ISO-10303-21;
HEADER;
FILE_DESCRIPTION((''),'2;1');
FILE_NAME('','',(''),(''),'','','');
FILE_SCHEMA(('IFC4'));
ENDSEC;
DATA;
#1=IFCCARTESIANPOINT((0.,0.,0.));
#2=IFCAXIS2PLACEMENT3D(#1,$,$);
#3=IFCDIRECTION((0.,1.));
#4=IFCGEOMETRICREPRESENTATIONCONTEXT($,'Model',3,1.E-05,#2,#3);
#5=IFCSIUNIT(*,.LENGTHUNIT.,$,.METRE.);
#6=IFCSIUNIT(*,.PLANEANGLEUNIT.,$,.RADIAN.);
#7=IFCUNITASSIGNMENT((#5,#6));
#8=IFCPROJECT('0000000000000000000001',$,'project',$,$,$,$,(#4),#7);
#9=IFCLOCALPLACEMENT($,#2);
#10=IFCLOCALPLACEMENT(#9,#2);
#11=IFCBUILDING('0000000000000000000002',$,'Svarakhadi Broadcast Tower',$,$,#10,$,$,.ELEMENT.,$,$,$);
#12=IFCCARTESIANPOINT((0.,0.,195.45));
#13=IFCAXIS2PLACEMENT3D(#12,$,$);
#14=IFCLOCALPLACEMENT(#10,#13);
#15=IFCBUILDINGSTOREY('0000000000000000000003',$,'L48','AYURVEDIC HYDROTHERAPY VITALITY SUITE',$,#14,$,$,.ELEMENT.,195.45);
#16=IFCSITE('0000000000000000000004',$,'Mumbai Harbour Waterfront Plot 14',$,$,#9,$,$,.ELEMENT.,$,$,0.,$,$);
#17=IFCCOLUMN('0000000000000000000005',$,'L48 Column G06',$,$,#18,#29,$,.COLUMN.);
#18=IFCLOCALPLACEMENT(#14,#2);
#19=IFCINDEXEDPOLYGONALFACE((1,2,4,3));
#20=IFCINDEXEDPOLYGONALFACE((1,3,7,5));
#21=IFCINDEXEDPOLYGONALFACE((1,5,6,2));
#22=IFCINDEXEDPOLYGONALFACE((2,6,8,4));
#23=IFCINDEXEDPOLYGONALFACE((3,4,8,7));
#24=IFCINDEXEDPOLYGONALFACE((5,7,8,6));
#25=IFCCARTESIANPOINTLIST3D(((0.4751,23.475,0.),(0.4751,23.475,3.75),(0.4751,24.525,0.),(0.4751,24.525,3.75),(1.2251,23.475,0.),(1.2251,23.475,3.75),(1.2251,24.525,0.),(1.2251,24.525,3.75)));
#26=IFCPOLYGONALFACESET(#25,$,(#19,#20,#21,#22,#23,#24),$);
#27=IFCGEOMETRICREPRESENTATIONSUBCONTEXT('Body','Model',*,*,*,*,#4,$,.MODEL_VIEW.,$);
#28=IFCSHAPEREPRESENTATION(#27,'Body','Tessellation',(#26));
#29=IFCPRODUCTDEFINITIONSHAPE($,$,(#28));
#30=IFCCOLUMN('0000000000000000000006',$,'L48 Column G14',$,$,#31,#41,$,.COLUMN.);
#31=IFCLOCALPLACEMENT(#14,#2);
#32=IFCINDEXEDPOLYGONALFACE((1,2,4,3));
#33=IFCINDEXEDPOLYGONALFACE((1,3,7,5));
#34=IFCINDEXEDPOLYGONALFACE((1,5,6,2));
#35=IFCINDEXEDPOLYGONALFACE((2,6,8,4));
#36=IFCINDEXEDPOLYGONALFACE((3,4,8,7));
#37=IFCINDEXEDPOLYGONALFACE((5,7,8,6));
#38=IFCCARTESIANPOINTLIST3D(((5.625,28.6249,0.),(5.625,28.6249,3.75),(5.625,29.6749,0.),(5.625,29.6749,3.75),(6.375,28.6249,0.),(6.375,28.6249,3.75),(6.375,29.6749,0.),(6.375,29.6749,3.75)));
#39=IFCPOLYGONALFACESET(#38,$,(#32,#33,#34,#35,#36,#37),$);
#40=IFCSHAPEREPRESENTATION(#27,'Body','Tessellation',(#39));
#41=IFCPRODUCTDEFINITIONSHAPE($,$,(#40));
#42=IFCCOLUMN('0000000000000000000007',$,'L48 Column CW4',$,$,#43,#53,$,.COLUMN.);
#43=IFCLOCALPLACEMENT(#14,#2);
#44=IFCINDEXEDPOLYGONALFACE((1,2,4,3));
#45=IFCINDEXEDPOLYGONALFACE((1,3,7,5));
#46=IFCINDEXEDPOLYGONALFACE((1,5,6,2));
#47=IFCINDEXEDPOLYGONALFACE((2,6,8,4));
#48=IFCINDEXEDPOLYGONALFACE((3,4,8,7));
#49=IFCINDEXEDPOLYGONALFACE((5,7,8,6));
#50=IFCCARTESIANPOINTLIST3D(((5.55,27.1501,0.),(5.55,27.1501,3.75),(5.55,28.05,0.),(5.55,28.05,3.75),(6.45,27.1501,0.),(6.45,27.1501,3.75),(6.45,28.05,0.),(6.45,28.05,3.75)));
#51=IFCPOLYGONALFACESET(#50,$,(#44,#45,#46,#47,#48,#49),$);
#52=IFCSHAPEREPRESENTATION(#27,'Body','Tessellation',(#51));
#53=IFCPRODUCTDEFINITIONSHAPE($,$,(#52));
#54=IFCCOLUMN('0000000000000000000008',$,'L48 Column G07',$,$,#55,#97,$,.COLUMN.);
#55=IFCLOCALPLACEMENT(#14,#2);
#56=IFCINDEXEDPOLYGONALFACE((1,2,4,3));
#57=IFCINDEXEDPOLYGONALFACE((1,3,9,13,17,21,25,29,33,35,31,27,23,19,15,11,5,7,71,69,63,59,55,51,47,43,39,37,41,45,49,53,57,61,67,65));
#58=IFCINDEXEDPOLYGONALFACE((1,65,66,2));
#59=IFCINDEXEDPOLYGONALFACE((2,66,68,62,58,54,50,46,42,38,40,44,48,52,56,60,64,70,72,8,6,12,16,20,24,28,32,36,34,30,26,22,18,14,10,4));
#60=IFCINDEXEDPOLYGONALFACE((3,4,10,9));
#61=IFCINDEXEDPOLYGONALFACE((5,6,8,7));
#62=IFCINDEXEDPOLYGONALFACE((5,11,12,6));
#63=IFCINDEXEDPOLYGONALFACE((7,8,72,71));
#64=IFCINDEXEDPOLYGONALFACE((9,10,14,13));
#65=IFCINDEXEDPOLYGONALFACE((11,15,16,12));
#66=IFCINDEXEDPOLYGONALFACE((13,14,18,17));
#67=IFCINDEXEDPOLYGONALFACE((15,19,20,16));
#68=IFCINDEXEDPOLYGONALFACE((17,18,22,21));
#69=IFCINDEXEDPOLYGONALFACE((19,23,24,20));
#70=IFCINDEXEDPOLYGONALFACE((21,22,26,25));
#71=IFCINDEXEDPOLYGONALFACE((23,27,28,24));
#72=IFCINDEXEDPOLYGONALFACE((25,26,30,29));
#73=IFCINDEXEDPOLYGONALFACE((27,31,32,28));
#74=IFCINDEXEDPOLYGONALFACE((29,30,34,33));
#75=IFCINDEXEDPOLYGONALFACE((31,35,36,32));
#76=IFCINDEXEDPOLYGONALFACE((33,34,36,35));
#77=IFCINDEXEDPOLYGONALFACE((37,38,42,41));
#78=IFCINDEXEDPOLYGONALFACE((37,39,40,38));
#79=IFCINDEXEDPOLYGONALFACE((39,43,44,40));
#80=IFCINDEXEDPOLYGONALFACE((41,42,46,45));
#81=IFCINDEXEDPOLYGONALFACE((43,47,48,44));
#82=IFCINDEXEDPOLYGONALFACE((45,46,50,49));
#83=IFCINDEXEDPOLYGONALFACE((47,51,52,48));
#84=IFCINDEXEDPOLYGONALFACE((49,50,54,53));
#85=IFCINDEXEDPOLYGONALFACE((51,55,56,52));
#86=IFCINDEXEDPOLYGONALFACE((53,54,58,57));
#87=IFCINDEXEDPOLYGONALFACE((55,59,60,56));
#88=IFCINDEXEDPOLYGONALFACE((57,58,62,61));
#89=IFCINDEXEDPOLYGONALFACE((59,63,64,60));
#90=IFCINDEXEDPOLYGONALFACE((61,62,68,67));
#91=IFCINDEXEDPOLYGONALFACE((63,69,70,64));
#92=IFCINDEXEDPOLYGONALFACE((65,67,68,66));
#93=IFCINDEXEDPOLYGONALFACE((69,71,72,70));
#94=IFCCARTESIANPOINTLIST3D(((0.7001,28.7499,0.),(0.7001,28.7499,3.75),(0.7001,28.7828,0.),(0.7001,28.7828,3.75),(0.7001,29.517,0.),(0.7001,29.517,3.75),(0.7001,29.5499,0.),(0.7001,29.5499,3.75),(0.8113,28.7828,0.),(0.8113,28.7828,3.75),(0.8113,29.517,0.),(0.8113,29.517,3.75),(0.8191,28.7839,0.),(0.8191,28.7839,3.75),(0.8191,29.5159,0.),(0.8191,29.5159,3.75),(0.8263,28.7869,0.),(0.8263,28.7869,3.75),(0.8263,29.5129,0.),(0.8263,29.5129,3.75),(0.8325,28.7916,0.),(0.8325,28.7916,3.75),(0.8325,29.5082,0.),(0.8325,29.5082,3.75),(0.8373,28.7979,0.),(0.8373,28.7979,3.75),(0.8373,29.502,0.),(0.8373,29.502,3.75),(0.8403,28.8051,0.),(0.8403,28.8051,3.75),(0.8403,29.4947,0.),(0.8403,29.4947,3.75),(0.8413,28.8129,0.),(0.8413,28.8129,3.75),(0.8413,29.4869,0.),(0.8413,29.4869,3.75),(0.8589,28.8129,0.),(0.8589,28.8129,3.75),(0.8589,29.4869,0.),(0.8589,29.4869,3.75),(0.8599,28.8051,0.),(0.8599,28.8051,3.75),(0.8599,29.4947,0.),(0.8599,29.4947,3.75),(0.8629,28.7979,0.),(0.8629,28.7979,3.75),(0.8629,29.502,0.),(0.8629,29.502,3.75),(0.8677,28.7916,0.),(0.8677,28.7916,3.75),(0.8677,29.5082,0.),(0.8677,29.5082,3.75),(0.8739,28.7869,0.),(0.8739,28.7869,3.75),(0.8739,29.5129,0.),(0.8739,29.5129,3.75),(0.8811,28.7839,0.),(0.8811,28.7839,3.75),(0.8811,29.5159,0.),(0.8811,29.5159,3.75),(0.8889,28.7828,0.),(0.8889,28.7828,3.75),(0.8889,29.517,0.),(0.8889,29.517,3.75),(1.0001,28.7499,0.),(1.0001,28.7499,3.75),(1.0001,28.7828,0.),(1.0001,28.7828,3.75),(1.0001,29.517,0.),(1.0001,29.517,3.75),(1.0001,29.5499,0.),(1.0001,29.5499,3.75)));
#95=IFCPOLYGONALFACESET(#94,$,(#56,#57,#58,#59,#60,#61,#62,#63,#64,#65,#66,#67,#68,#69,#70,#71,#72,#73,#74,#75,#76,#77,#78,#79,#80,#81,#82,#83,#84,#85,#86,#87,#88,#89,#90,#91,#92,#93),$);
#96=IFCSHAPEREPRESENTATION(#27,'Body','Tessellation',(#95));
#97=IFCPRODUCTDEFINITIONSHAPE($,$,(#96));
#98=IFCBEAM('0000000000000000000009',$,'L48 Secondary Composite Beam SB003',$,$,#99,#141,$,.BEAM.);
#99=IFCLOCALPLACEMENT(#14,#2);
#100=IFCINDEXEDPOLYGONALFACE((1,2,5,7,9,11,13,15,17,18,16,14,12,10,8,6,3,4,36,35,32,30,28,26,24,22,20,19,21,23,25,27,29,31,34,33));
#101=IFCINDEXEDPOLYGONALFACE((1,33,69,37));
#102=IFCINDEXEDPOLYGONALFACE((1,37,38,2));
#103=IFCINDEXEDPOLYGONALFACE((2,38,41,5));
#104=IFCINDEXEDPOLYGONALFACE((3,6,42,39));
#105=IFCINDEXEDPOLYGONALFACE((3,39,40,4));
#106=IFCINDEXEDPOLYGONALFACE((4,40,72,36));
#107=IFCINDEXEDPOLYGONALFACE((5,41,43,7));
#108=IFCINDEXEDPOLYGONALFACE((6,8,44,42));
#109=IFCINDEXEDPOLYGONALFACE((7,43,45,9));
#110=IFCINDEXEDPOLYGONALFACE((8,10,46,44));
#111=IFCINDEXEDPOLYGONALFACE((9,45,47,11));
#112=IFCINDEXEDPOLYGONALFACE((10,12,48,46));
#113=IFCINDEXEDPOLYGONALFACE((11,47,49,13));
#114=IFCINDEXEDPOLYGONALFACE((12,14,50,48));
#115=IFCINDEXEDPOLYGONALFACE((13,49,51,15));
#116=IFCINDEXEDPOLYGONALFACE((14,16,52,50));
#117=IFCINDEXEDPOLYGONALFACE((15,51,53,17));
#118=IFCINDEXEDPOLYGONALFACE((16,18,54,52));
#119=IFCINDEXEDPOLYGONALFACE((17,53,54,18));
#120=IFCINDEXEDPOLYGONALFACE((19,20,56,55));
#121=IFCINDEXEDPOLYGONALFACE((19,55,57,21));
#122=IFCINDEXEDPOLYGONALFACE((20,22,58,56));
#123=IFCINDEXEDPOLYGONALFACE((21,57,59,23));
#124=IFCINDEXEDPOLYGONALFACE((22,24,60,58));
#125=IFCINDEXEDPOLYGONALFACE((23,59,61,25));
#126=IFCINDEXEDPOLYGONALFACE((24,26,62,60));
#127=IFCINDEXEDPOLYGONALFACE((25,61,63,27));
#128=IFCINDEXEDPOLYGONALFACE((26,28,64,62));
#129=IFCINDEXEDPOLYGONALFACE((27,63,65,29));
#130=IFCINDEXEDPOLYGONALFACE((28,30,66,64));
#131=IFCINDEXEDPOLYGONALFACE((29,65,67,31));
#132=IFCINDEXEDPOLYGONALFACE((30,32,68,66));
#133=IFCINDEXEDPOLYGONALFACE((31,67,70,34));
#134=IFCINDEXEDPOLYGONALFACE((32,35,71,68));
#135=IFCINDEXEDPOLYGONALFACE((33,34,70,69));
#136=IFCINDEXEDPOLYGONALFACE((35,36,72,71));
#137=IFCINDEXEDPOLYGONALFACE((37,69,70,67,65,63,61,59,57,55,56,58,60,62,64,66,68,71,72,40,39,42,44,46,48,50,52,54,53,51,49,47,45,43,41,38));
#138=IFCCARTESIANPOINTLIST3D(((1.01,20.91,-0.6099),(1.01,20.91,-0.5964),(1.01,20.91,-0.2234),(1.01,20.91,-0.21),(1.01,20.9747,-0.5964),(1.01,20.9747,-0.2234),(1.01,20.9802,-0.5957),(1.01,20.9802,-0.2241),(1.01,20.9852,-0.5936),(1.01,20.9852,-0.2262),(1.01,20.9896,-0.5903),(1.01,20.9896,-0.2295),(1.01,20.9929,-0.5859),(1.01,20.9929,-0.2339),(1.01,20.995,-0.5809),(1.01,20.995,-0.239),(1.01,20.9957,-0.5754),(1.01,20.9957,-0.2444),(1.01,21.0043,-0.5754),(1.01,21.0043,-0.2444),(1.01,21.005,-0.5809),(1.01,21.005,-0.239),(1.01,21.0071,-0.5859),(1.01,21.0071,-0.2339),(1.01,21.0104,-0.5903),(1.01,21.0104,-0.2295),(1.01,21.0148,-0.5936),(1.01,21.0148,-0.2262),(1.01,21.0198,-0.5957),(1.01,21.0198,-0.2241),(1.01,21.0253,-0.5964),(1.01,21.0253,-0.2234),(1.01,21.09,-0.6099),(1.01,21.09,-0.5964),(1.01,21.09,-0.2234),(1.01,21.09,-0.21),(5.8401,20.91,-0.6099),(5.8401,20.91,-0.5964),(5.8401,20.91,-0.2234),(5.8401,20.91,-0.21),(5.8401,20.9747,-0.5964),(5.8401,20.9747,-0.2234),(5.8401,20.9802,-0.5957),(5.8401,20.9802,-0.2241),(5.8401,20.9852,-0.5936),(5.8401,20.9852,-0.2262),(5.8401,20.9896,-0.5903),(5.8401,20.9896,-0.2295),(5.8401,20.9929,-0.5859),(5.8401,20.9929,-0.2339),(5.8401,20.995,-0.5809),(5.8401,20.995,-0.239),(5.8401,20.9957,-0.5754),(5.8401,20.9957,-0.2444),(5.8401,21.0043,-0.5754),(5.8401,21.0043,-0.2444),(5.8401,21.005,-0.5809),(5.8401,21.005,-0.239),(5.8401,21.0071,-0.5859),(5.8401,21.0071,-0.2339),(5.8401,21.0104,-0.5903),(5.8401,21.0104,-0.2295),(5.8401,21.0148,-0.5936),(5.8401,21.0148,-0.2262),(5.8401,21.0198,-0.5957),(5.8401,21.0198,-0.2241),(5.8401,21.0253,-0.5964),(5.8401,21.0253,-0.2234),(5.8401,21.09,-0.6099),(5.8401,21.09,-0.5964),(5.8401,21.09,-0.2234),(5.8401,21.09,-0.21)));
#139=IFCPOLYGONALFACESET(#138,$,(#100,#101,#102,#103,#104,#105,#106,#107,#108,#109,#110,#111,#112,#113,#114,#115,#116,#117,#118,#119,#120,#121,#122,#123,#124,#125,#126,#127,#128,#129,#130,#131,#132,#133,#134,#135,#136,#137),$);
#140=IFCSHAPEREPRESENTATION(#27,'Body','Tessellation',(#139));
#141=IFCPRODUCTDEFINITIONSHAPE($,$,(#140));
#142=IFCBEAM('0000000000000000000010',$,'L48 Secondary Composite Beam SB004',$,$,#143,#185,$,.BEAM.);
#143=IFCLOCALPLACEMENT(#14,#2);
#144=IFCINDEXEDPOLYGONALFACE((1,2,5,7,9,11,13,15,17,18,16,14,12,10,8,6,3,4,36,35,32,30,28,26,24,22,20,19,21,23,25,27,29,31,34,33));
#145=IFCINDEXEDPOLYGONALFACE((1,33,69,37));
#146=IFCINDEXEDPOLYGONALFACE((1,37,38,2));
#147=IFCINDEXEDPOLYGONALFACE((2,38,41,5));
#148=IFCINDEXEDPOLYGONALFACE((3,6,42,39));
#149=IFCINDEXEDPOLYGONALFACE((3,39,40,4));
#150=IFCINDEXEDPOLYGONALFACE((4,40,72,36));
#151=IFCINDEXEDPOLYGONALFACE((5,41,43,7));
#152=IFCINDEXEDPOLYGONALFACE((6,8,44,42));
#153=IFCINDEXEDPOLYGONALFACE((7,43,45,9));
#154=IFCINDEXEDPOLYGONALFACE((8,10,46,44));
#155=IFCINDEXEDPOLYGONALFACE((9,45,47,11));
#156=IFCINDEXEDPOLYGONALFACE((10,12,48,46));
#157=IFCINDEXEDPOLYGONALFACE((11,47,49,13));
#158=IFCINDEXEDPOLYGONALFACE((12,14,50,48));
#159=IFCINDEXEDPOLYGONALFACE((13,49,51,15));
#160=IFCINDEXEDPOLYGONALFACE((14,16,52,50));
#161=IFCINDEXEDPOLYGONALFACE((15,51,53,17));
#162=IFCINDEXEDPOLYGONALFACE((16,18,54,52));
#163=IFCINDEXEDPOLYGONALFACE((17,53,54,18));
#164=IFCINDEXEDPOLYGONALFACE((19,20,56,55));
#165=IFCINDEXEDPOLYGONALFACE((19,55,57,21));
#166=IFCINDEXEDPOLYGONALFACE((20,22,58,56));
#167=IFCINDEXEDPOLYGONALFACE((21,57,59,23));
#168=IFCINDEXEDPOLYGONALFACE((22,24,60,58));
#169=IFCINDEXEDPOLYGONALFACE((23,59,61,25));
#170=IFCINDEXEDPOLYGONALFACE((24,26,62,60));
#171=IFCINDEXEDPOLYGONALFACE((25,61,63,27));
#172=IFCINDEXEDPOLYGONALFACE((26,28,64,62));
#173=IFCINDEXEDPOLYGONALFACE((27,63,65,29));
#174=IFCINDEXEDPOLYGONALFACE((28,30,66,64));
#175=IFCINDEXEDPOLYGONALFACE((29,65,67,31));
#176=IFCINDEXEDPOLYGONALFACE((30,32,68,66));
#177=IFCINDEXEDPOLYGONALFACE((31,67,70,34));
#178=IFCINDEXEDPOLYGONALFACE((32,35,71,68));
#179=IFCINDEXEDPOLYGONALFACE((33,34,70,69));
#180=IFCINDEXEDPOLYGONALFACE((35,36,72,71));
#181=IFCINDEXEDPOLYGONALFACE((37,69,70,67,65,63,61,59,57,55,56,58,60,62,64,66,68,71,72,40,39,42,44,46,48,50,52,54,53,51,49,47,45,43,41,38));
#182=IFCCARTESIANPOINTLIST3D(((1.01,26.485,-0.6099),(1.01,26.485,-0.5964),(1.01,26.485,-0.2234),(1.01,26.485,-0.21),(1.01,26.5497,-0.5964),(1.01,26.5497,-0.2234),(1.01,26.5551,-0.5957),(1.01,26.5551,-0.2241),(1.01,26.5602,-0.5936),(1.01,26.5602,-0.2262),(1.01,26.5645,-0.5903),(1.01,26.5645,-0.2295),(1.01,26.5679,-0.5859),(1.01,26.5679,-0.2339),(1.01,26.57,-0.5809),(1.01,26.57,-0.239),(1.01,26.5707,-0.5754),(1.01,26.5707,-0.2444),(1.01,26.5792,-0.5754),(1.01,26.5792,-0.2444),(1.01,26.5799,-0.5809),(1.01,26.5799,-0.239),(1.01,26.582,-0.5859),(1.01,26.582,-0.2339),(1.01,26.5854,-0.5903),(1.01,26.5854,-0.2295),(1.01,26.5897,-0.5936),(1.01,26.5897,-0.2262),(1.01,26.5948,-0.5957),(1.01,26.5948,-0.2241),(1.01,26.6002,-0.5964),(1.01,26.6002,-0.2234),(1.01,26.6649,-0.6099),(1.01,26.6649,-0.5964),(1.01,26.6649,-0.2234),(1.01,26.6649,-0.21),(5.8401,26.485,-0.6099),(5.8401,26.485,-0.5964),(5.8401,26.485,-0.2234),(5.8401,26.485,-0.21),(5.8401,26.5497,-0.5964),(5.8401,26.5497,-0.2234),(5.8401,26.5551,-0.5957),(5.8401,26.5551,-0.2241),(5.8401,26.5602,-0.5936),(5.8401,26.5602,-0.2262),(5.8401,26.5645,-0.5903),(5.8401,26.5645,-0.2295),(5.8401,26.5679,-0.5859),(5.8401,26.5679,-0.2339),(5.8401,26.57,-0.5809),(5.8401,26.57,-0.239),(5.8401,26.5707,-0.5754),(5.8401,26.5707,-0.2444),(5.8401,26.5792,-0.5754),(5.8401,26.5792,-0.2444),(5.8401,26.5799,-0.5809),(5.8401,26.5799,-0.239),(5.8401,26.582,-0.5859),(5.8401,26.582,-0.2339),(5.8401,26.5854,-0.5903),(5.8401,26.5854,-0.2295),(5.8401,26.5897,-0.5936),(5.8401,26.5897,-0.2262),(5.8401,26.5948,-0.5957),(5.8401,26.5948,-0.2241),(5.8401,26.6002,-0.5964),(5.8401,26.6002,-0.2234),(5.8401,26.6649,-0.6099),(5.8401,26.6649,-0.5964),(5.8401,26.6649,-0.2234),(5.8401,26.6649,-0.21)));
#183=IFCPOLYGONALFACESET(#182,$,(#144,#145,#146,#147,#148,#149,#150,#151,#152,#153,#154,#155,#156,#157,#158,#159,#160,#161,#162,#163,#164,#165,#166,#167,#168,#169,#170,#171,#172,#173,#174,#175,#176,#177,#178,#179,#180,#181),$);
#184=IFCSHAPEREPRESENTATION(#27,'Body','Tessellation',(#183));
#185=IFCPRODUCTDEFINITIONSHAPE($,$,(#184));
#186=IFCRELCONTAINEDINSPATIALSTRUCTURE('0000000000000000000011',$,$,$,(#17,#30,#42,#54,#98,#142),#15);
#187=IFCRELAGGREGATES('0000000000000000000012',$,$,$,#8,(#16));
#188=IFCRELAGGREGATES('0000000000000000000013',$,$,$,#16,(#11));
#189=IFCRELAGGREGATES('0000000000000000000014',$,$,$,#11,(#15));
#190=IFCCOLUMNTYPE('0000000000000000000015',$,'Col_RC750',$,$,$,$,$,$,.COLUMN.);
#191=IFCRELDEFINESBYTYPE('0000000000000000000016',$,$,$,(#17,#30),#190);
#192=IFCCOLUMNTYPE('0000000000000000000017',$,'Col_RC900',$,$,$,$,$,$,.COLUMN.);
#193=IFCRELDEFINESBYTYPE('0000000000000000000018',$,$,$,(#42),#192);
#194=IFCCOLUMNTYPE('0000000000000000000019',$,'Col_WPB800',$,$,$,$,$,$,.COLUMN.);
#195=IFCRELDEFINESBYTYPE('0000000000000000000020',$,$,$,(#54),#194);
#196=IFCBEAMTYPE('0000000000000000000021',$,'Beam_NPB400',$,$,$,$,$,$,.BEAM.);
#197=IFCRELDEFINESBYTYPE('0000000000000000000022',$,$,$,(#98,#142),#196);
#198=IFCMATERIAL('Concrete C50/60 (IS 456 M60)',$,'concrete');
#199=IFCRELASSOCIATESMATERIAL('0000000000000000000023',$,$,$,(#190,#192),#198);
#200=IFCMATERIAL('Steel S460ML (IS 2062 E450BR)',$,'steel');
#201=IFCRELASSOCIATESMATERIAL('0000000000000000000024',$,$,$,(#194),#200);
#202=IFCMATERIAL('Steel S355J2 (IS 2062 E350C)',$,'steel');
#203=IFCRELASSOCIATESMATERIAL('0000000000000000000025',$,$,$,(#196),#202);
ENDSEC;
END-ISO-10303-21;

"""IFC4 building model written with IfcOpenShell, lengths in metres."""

from ifc_helpers import new_model, si_unit, direction, frame, origin, origin_2d, place, context, subcontext, project, spatial, rectangle, i_section, extrude, material, material_profile, profile_set, type_object, element, save


model = new_model("IFC4")

# Units and contexts
model_context = context("Model", 3, precision=1e-05, world=origin(), true_north=direction((0.0, 1.0)))
body_context = subcontext(model_context, "Body", "Model", "MODEL_VIEW")
ifc_project = project(units=[si_unit("LENGTHUNIT", "METRE"), si_unit("PLANEANGLEUNIT", "RADIAN")], contexts=[model_context])

# Site, building, storey
site_placement = place(None, origin())
site = spatial("IfcSite", under=ifc_project, at=site_placement, Name="Mumbai Harbour Waterfront Plot 14", CompositionType="ELEMENT", RefElevation=0.0)
building_placement = place(site_placement, origin())
building = spatial("IfcBuilding", under=site, at=building_placement, Name="Svarakhadi Broadcast Tower", CompositionType="ELEMENT")
storey_placement = place(building_placement, frame((0.0, 0.0, 195.45)))
storey = spatial("IfcBuildingStorey", under=building, at=storey_placement, Name="L48", Description="AYURVEDIC HYDROTHERAPY VITALITY SUITE", CompositionType="ELEMENT", Elevation=195.45)

# Columns
ifc_material_1 = material(Name="Concrete C50/60 (IS 456 M60)", Category="concrete")
ifc_material_profile_1 = material_profile(ifc_material_1, rectangle(XDim=0.75, YDim=1.05, at=origin_2d()), Name="RC 750x1050")
ifc_profile_set_1 = profile_set([ifc_material_profile_1], Name="Concrete C50/60 (IS 456 M60)")
column_type_1 = type_object("IfcColumnType", Name="Col_RC750", PredefinedType="COLUMN", material=ifc_profile_set_1)
for number, where, z_axis, x_axis, name in (
    (1, (0.8501, 24.0, 0.0), (0.0, 0.0, 1.0), (1.0, 0.0, 0.0), "L48 Column G06"),
    (2, (6.0, 29.1499, 0.0), (0.0, 0.0, 1.0), (1.0, 0.0, 0.0), "L48 Column G14"),
):
    element("IfcColumn", number, at=place(storey_placement, frame(where, z_axis=z_axis, x_axis=x_axis)), inside=storey, type_object=column_type_1, Name=name, PredefinedType="COLUMN", context=body_context, shape_type="SweptSolid", body=[
        extrude(rectangle(XDim=0.75, YDim=1.05, at=origin_2d()), origin(), (0.0, 0.0, 1.0), 3.75),
    ])
ifc_material_profile_2 = material_profile(ifc_material_1, rectangle(XDim=0.8999, YDim=0.8999, at=origin_2d()), Name="RC 900x900")
ifc_profile_set_2 = profile_set([ifc_material_profile_2], Name="Concrete C50/60 (IS 456 M60)")
column_type_2 = type_object("IfcColumnType", Name="Col_RC900", PredefinedType="COLUMN", material=ifc_profile_set_2)
column_1_placement = place(storey_placement, frame((6.0, 27.6001, 0.0), z_axis=(0.0, 0.0, 1.0), x_axis=(1.0, 0.0, 0.0)))
element("IfcColumn", 3, at=column_1_placement, inside=storey, type_object=column_type_2, Name="L48 Column CW4", PredefinedType="COLUMN", context=body_context, shape_type="SweptSolid", body=[
    extrude(rectangle(XDim=0.8999, YDim=0.8999, at=origin_2d()), origin(), (0.0, 0.0, 1.0), 3.75),
])
ifc_material_2 = material(Name="Steel S460ML (IS 2062 E450BR)", Category="steel")
ifc_material_profile_3 = material_profile(ifc_material_2, i_section(OverallWidth=0.3, OverallDepth=0.8, WebThickness=0.0176, FlangeThickness=0.033, FilletRadius=0.03, at=origin_2d()), Name="WPB 800x300x262")
ifc_profile_set_3 = profile_set([ifc_material_profile_3], Name="Steel S460ML (IS 2062 E450BR)")
column_type_3 = type_object("IfcColumnType", Name="Col_WPB800", PredefinedType="COLUMN", material=ifc_profile_set_3)
column_2_placement = place(storey_placement, frame((0.8501, 29.1499, 0.0), z_axis=(0.0, 0.0, 1.0), x_axis=(1.0, 0.0, 0.0)))
element("IfcColumn", 4, at=column_2_placement, inside=storey, type_object=column_type_3, Name="L48 Column G07", PredefinedType="COLUMN", context=body_context, shape_type="SweptSolid", body=[
    extrude(i_section(OverallWidth=0.3, OverallDepth=0.8, WebThickness=0.0176, FlangeThickness=0.033, FilletRadius=0.03, at=origin_2d()), origin(), (0.0, 0.0, 1.0), 3.75),
])

# Beams
ifc_material_3 = material(Name="Steel S355J2 (IS 2062 E350C)", Category="steel")
ifc_material_profile_4 = material_profile(ifc_material_3, i_section(OverallWidth=0.1799, OverallDepth=0.3999, WebThickness=0.0085, FlangeThickness=0.0134, FilletRadius=0.021, at=origin_2d()), Name="NPB 400x180x66")
ifc_profile_set_4 = profile_set([ifc_material_profile_4], Name="Steel S355J2 (IS 2062 E350C)")
beam_type_1 = type_object("IfcBeamType", Name="Beam_NPB400", PredefinedType="BEAM", material=ifc_profile_set_4)
for number, where, z_axis, x_axis, name in (
    (5, (1.01, 21.0, -0.4099), (1.0, 0.0, 0.0), (0.0, 1.0, 0.0), "L48 Secondary Composite Beam SB003"),
    (6, (1.01, 26.575, -0.4099), (1.0, 0.0, 0.0), (0.0, 1.0, 0.0), "L48 Secondary Composite Beam SB004"),
):
    element("IfcBeam", number, at=place(storey_placement, frame(where, z_axis=z_axis, x_axis=x_axis)), inside=storey, type_object=beam_type_1, Name=name, PredefinedType="BEAM", context=body_context, shape_type="SweptSolid", body=[
        extrude(i_section(OverallWidth=0.1799, OverallDepth=0.3999, WebThickness=0.0085, FlangeThickness=0.0134, FilletRadius=0.021, at=origin_2d()), origin(), (0.0, 0.0, 1.0), 4.8301),
    ])

save(model, "model.ifc")
